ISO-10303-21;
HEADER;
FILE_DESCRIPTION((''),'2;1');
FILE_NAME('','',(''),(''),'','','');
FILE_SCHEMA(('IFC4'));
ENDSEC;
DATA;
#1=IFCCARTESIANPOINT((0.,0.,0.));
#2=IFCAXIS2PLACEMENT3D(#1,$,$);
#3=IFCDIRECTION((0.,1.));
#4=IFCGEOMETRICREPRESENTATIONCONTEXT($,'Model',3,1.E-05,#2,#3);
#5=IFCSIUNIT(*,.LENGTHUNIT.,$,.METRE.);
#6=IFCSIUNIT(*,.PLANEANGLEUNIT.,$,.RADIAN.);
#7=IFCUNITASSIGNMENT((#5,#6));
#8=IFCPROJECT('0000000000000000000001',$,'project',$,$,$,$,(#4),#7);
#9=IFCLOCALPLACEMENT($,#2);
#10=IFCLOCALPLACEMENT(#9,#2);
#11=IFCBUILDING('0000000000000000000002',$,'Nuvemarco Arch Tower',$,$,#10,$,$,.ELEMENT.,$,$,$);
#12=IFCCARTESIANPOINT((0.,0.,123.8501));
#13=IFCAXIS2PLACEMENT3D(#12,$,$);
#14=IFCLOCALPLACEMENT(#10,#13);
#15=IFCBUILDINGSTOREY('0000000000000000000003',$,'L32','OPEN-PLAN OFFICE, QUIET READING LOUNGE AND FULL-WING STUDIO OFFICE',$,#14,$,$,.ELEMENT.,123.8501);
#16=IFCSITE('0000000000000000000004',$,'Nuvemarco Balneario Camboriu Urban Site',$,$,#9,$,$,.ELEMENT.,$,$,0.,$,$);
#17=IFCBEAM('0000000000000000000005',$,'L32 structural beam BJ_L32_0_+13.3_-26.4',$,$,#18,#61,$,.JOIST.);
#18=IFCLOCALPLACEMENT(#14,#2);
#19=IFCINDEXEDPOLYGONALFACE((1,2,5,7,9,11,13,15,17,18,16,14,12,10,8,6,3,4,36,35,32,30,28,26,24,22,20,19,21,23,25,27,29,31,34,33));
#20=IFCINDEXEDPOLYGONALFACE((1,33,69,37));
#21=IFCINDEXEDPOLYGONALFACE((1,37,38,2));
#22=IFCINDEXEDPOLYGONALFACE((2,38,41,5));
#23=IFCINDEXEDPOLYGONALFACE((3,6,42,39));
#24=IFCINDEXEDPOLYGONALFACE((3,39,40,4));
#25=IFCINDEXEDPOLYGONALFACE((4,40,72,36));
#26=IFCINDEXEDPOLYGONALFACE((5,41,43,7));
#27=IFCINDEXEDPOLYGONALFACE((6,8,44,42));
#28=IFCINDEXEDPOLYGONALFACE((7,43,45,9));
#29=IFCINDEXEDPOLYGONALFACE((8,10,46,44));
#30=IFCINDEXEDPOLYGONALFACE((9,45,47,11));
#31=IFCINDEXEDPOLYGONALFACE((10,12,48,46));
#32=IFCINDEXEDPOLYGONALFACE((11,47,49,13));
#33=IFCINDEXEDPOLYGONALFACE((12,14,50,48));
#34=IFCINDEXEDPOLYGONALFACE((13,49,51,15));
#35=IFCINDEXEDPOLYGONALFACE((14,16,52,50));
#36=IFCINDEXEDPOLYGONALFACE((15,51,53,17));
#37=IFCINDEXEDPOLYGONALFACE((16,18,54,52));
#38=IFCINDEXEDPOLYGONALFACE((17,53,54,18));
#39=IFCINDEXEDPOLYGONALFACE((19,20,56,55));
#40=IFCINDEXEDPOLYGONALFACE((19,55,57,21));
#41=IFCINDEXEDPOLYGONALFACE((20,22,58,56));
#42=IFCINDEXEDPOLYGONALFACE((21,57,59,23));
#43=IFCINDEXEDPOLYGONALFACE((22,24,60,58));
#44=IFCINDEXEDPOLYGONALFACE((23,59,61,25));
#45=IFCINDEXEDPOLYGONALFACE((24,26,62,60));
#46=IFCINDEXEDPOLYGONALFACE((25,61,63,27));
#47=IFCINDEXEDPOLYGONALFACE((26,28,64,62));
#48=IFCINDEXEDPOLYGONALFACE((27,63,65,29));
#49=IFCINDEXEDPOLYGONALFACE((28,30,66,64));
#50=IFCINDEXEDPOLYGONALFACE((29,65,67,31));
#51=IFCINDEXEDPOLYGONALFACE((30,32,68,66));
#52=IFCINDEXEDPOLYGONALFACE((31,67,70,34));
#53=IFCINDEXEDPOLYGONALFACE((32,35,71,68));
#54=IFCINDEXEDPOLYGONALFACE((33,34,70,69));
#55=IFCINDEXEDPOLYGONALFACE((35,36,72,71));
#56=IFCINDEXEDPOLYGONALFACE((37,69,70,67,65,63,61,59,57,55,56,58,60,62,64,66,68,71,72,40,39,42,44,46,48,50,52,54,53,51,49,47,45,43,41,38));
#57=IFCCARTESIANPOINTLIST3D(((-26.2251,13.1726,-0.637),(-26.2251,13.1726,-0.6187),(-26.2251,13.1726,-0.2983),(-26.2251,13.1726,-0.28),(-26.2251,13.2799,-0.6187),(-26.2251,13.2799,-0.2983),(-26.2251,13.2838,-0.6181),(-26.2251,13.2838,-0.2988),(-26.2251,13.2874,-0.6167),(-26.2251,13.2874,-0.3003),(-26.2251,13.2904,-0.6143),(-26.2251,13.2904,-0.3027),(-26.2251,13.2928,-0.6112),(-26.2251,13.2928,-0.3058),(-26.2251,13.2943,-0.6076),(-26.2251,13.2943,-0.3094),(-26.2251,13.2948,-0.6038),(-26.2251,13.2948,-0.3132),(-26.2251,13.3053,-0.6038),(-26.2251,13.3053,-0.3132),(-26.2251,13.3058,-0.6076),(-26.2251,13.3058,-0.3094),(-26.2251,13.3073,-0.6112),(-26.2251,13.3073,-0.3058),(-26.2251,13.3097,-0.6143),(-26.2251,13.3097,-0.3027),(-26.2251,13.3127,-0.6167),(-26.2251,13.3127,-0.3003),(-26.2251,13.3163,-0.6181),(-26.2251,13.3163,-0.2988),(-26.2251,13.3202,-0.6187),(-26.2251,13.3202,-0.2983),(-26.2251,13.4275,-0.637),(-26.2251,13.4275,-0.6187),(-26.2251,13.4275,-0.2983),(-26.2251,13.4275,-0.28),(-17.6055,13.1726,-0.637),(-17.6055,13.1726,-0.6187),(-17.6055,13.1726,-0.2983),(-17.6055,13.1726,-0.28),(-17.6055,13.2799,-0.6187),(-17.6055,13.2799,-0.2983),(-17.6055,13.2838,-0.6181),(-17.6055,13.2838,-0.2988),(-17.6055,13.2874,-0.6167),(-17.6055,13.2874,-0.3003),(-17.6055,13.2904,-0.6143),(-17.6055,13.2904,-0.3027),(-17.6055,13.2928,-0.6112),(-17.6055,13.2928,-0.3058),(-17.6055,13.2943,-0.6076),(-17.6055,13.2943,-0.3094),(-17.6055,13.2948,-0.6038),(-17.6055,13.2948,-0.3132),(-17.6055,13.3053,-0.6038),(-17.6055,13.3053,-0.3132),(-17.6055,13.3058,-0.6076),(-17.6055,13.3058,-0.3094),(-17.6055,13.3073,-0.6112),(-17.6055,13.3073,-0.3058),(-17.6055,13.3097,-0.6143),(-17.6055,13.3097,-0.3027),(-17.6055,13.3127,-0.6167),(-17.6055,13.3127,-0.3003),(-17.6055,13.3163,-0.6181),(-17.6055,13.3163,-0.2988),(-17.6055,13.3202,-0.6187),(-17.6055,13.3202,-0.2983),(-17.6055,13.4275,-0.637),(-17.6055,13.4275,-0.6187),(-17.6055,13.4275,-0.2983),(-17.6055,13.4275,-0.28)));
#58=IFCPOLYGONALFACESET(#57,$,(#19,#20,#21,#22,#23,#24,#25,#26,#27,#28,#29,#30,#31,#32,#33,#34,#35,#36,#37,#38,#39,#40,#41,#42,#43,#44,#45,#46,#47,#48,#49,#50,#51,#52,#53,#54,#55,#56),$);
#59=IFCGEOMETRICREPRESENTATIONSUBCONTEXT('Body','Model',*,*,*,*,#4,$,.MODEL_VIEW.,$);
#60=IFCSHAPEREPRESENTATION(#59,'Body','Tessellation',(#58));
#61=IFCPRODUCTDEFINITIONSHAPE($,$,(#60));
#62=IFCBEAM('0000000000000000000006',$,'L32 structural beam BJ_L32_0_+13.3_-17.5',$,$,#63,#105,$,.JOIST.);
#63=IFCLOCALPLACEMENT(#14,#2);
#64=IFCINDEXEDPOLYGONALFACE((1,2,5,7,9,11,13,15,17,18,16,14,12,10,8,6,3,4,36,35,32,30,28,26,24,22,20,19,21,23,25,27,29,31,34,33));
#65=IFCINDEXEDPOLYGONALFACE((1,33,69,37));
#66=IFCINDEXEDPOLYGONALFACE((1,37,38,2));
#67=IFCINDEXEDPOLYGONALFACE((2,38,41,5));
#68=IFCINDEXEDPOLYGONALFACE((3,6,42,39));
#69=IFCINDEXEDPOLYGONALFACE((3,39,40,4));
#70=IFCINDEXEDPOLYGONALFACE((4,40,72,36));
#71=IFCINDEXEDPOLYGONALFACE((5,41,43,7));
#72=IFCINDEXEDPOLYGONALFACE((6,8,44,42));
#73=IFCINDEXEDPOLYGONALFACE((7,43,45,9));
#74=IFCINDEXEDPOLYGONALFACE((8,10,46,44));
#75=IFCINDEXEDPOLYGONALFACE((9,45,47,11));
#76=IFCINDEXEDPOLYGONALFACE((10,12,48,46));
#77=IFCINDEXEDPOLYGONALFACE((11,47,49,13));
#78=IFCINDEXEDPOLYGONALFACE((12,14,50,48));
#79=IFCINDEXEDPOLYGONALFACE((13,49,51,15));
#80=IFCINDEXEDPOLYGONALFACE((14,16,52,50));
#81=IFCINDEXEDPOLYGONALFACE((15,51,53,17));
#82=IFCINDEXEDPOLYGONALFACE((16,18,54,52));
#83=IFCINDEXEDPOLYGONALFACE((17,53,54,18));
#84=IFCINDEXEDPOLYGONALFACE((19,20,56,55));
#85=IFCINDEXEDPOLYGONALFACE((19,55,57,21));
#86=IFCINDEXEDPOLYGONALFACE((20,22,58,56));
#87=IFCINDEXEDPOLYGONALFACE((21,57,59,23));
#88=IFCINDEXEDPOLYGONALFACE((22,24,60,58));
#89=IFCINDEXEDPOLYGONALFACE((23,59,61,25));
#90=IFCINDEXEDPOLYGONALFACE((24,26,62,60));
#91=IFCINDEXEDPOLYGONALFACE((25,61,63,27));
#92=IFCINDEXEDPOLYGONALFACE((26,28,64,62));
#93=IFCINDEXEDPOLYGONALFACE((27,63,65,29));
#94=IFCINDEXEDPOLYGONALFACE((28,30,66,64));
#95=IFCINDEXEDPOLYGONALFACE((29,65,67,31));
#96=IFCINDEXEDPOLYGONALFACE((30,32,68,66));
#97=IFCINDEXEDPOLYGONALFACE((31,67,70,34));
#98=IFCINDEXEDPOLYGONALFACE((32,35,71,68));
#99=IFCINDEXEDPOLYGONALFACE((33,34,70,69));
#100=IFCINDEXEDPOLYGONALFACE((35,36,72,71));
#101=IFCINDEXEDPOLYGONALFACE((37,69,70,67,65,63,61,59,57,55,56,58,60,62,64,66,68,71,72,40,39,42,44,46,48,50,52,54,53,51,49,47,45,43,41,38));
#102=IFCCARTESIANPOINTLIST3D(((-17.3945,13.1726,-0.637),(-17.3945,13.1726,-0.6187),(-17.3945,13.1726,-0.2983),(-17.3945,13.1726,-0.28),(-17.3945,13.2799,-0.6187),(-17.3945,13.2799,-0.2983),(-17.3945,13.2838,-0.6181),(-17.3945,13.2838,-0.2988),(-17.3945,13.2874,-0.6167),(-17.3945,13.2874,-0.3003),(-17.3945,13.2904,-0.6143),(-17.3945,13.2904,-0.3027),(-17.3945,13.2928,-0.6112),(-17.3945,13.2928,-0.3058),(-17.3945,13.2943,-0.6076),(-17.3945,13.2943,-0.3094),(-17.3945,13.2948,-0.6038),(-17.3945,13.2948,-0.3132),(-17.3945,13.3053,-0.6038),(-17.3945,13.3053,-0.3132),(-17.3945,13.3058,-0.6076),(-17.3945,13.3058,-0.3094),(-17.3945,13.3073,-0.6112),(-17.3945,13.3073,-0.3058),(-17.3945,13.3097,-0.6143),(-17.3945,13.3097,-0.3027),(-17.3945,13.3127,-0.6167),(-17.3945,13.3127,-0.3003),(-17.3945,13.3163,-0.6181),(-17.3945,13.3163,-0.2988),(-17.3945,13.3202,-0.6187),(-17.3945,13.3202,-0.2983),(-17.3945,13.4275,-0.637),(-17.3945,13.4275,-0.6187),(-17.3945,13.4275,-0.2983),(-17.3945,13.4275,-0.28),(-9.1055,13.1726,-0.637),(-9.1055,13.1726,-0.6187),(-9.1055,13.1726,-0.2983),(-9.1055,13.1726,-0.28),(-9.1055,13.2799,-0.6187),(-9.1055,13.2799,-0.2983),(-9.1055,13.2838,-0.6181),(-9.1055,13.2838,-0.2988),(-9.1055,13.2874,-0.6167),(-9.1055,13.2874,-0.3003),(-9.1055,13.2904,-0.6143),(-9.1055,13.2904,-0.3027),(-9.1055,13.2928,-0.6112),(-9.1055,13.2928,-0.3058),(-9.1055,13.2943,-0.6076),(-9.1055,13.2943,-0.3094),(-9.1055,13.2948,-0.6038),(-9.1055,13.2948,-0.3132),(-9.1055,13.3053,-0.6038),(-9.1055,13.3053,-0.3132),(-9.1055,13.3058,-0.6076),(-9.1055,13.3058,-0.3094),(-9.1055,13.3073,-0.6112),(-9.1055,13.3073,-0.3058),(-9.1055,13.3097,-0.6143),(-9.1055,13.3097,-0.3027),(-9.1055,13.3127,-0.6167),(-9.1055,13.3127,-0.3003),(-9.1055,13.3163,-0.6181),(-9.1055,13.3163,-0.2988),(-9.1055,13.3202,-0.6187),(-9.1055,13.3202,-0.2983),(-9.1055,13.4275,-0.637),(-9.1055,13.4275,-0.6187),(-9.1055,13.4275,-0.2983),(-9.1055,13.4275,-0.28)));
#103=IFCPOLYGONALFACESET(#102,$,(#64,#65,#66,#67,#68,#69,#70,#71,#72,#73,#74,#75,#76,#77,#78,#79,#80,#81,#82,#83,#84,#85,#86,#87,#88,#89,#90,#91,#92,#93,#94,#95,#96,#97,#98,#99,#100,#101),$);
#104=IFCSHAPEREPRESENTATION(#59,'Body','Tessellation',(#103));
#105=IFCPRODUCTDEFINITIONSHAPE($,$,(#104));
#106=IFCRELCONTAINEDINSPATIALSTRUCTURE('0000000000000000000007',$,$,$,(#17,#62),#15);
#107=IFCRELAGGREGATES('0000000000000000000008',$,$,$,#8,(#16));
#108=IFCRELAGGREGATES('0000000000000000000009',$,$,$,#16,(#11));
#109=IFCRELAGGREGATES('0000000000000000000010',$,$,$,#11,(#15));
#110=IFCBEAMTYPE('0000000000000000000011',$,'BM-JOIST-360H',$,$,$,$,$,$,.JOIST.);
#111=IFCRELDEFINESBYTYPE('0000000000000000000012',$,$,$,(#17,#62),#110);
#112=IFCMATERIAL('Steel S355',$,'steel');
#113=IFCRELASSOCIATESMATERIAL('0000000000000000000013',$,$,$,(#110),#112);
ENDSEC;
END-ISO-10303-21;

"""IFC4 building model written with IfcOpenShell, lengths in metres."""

from ifc_helpers import new_model, si_unit, direction, frame, origin, origin_2d, place, context, subcontext, project, spatial, i_section, extrude, material, material_profile, profile_set, type_object, element, save


model = new_model("IFC4")

# Units and contexts
model_context = context("Model", 3, precision=1e-05, world=origin(), true_north=direction((0.0, 1.0)))
body_context = subcontext(model_context, "Body", "Model", "MODEL_VIEW")
ifc_project = project(units=[si_unit("LENGTHUNIT", "METRE"), si_unit("PLANEANGLEUNIT", "RADIAN")], contexts=[model_context])

# Site, building, storey
site_placement = place(None, origin())
site = spatial("IfcSite", under=ifc_project, at=site_placement, Name="Nuvemarco Balneario Camboriu Urban Site", CompositionType="ELEMENT", RefElevation=0.0)
building_placement = place(site_placement, origin())
building = spatial("IfcBuilding", under=site, at=building_placement, Name="Nuvemarco Arch Tower", CompositionType="ELEMENT")
storey_placement = place(building_placement, frame((0.0, 0.0, 123.8501)))
storey = spatial("IfcBuildingStorey", under=building, at=storey_placement, Name="L32", Description="OPEN-PLAN OFFICE, QUIET READING LOUNGE AND FULL-WING STUDIO OFFICE", CompositionType="ELEMENT", Elevation=123.8501)

# Shared definitions
ifc_material_1 = material(Name="Steel S355", Category="steel")

# Beams
ifc_material_profile_1 = material_profile(ifc_material_1, i_section(OverallWidth=0.2549, OverallDepth=0.3569, WebThickness=0.0105, FlangeThickness=0.0183, FilletRadius=0.0149, at=origin_2d()), Name="W360x101")
ifc_profile_set_1 = profile_set([ifc_material_profile_1], Name="Steel S355")
beam_type_1 = type_object("IfcBeamType", Name="BM-JOIST-360H", PredefinedType="JOIST", material=ifc_profile_set_1)
beam_1_placement = place(storey_placement, frame((-26.2251, 13.3, -0.4585), z_axis=(1.0, 0.0, 0.0), x_axis=(0.0, 1.0, 0.0)))
element("IfcBeam", 1, at=beam_1_placement, inside=storey, type_object=beam_type_1, Name="L32 structural beam BJ_L32_0_+13.3_-26.4", PredefinedType="JOIST", context=body_context, shape_type="SweptSolid", body=[
    extrude(i_section(OverallWidth=0.2549, OverallDepth=0.3569, WebThickness=0.0105, FlangeThickness=0.0183, FilletRadius=0.0149, at=origin_2d()), origin(), (0.0, 0.0, 1.0), 8.6196),
])
beam_2_placement = place(storey_placement, frame((-17.3945, 13.3, -0.4585), z_axis=(1.0, 0.0, 0.0), x_axis=(0.0, 1.0, 0.0)))
element("IfcBeam", 2, at=beam_2_placement, inside=storey, type_object=beam_type_1, Name="L32 structural beam BJ_L32_0_+13.3_-17.5", PredefinedType="JOIST", context=body_context, shape_type="SweptSolid", body=[
    extrude(i_section(OverallWidth=0.2549, OverallDepth=0.3569, WebThickness=0.0105, FlangeThickness=0.0183, FilletRadius=0.0149, at=origin_2d()), origin(), (0.0, 0.0, 1.0), 8.2891),
])

save(model, "model.ifc")
